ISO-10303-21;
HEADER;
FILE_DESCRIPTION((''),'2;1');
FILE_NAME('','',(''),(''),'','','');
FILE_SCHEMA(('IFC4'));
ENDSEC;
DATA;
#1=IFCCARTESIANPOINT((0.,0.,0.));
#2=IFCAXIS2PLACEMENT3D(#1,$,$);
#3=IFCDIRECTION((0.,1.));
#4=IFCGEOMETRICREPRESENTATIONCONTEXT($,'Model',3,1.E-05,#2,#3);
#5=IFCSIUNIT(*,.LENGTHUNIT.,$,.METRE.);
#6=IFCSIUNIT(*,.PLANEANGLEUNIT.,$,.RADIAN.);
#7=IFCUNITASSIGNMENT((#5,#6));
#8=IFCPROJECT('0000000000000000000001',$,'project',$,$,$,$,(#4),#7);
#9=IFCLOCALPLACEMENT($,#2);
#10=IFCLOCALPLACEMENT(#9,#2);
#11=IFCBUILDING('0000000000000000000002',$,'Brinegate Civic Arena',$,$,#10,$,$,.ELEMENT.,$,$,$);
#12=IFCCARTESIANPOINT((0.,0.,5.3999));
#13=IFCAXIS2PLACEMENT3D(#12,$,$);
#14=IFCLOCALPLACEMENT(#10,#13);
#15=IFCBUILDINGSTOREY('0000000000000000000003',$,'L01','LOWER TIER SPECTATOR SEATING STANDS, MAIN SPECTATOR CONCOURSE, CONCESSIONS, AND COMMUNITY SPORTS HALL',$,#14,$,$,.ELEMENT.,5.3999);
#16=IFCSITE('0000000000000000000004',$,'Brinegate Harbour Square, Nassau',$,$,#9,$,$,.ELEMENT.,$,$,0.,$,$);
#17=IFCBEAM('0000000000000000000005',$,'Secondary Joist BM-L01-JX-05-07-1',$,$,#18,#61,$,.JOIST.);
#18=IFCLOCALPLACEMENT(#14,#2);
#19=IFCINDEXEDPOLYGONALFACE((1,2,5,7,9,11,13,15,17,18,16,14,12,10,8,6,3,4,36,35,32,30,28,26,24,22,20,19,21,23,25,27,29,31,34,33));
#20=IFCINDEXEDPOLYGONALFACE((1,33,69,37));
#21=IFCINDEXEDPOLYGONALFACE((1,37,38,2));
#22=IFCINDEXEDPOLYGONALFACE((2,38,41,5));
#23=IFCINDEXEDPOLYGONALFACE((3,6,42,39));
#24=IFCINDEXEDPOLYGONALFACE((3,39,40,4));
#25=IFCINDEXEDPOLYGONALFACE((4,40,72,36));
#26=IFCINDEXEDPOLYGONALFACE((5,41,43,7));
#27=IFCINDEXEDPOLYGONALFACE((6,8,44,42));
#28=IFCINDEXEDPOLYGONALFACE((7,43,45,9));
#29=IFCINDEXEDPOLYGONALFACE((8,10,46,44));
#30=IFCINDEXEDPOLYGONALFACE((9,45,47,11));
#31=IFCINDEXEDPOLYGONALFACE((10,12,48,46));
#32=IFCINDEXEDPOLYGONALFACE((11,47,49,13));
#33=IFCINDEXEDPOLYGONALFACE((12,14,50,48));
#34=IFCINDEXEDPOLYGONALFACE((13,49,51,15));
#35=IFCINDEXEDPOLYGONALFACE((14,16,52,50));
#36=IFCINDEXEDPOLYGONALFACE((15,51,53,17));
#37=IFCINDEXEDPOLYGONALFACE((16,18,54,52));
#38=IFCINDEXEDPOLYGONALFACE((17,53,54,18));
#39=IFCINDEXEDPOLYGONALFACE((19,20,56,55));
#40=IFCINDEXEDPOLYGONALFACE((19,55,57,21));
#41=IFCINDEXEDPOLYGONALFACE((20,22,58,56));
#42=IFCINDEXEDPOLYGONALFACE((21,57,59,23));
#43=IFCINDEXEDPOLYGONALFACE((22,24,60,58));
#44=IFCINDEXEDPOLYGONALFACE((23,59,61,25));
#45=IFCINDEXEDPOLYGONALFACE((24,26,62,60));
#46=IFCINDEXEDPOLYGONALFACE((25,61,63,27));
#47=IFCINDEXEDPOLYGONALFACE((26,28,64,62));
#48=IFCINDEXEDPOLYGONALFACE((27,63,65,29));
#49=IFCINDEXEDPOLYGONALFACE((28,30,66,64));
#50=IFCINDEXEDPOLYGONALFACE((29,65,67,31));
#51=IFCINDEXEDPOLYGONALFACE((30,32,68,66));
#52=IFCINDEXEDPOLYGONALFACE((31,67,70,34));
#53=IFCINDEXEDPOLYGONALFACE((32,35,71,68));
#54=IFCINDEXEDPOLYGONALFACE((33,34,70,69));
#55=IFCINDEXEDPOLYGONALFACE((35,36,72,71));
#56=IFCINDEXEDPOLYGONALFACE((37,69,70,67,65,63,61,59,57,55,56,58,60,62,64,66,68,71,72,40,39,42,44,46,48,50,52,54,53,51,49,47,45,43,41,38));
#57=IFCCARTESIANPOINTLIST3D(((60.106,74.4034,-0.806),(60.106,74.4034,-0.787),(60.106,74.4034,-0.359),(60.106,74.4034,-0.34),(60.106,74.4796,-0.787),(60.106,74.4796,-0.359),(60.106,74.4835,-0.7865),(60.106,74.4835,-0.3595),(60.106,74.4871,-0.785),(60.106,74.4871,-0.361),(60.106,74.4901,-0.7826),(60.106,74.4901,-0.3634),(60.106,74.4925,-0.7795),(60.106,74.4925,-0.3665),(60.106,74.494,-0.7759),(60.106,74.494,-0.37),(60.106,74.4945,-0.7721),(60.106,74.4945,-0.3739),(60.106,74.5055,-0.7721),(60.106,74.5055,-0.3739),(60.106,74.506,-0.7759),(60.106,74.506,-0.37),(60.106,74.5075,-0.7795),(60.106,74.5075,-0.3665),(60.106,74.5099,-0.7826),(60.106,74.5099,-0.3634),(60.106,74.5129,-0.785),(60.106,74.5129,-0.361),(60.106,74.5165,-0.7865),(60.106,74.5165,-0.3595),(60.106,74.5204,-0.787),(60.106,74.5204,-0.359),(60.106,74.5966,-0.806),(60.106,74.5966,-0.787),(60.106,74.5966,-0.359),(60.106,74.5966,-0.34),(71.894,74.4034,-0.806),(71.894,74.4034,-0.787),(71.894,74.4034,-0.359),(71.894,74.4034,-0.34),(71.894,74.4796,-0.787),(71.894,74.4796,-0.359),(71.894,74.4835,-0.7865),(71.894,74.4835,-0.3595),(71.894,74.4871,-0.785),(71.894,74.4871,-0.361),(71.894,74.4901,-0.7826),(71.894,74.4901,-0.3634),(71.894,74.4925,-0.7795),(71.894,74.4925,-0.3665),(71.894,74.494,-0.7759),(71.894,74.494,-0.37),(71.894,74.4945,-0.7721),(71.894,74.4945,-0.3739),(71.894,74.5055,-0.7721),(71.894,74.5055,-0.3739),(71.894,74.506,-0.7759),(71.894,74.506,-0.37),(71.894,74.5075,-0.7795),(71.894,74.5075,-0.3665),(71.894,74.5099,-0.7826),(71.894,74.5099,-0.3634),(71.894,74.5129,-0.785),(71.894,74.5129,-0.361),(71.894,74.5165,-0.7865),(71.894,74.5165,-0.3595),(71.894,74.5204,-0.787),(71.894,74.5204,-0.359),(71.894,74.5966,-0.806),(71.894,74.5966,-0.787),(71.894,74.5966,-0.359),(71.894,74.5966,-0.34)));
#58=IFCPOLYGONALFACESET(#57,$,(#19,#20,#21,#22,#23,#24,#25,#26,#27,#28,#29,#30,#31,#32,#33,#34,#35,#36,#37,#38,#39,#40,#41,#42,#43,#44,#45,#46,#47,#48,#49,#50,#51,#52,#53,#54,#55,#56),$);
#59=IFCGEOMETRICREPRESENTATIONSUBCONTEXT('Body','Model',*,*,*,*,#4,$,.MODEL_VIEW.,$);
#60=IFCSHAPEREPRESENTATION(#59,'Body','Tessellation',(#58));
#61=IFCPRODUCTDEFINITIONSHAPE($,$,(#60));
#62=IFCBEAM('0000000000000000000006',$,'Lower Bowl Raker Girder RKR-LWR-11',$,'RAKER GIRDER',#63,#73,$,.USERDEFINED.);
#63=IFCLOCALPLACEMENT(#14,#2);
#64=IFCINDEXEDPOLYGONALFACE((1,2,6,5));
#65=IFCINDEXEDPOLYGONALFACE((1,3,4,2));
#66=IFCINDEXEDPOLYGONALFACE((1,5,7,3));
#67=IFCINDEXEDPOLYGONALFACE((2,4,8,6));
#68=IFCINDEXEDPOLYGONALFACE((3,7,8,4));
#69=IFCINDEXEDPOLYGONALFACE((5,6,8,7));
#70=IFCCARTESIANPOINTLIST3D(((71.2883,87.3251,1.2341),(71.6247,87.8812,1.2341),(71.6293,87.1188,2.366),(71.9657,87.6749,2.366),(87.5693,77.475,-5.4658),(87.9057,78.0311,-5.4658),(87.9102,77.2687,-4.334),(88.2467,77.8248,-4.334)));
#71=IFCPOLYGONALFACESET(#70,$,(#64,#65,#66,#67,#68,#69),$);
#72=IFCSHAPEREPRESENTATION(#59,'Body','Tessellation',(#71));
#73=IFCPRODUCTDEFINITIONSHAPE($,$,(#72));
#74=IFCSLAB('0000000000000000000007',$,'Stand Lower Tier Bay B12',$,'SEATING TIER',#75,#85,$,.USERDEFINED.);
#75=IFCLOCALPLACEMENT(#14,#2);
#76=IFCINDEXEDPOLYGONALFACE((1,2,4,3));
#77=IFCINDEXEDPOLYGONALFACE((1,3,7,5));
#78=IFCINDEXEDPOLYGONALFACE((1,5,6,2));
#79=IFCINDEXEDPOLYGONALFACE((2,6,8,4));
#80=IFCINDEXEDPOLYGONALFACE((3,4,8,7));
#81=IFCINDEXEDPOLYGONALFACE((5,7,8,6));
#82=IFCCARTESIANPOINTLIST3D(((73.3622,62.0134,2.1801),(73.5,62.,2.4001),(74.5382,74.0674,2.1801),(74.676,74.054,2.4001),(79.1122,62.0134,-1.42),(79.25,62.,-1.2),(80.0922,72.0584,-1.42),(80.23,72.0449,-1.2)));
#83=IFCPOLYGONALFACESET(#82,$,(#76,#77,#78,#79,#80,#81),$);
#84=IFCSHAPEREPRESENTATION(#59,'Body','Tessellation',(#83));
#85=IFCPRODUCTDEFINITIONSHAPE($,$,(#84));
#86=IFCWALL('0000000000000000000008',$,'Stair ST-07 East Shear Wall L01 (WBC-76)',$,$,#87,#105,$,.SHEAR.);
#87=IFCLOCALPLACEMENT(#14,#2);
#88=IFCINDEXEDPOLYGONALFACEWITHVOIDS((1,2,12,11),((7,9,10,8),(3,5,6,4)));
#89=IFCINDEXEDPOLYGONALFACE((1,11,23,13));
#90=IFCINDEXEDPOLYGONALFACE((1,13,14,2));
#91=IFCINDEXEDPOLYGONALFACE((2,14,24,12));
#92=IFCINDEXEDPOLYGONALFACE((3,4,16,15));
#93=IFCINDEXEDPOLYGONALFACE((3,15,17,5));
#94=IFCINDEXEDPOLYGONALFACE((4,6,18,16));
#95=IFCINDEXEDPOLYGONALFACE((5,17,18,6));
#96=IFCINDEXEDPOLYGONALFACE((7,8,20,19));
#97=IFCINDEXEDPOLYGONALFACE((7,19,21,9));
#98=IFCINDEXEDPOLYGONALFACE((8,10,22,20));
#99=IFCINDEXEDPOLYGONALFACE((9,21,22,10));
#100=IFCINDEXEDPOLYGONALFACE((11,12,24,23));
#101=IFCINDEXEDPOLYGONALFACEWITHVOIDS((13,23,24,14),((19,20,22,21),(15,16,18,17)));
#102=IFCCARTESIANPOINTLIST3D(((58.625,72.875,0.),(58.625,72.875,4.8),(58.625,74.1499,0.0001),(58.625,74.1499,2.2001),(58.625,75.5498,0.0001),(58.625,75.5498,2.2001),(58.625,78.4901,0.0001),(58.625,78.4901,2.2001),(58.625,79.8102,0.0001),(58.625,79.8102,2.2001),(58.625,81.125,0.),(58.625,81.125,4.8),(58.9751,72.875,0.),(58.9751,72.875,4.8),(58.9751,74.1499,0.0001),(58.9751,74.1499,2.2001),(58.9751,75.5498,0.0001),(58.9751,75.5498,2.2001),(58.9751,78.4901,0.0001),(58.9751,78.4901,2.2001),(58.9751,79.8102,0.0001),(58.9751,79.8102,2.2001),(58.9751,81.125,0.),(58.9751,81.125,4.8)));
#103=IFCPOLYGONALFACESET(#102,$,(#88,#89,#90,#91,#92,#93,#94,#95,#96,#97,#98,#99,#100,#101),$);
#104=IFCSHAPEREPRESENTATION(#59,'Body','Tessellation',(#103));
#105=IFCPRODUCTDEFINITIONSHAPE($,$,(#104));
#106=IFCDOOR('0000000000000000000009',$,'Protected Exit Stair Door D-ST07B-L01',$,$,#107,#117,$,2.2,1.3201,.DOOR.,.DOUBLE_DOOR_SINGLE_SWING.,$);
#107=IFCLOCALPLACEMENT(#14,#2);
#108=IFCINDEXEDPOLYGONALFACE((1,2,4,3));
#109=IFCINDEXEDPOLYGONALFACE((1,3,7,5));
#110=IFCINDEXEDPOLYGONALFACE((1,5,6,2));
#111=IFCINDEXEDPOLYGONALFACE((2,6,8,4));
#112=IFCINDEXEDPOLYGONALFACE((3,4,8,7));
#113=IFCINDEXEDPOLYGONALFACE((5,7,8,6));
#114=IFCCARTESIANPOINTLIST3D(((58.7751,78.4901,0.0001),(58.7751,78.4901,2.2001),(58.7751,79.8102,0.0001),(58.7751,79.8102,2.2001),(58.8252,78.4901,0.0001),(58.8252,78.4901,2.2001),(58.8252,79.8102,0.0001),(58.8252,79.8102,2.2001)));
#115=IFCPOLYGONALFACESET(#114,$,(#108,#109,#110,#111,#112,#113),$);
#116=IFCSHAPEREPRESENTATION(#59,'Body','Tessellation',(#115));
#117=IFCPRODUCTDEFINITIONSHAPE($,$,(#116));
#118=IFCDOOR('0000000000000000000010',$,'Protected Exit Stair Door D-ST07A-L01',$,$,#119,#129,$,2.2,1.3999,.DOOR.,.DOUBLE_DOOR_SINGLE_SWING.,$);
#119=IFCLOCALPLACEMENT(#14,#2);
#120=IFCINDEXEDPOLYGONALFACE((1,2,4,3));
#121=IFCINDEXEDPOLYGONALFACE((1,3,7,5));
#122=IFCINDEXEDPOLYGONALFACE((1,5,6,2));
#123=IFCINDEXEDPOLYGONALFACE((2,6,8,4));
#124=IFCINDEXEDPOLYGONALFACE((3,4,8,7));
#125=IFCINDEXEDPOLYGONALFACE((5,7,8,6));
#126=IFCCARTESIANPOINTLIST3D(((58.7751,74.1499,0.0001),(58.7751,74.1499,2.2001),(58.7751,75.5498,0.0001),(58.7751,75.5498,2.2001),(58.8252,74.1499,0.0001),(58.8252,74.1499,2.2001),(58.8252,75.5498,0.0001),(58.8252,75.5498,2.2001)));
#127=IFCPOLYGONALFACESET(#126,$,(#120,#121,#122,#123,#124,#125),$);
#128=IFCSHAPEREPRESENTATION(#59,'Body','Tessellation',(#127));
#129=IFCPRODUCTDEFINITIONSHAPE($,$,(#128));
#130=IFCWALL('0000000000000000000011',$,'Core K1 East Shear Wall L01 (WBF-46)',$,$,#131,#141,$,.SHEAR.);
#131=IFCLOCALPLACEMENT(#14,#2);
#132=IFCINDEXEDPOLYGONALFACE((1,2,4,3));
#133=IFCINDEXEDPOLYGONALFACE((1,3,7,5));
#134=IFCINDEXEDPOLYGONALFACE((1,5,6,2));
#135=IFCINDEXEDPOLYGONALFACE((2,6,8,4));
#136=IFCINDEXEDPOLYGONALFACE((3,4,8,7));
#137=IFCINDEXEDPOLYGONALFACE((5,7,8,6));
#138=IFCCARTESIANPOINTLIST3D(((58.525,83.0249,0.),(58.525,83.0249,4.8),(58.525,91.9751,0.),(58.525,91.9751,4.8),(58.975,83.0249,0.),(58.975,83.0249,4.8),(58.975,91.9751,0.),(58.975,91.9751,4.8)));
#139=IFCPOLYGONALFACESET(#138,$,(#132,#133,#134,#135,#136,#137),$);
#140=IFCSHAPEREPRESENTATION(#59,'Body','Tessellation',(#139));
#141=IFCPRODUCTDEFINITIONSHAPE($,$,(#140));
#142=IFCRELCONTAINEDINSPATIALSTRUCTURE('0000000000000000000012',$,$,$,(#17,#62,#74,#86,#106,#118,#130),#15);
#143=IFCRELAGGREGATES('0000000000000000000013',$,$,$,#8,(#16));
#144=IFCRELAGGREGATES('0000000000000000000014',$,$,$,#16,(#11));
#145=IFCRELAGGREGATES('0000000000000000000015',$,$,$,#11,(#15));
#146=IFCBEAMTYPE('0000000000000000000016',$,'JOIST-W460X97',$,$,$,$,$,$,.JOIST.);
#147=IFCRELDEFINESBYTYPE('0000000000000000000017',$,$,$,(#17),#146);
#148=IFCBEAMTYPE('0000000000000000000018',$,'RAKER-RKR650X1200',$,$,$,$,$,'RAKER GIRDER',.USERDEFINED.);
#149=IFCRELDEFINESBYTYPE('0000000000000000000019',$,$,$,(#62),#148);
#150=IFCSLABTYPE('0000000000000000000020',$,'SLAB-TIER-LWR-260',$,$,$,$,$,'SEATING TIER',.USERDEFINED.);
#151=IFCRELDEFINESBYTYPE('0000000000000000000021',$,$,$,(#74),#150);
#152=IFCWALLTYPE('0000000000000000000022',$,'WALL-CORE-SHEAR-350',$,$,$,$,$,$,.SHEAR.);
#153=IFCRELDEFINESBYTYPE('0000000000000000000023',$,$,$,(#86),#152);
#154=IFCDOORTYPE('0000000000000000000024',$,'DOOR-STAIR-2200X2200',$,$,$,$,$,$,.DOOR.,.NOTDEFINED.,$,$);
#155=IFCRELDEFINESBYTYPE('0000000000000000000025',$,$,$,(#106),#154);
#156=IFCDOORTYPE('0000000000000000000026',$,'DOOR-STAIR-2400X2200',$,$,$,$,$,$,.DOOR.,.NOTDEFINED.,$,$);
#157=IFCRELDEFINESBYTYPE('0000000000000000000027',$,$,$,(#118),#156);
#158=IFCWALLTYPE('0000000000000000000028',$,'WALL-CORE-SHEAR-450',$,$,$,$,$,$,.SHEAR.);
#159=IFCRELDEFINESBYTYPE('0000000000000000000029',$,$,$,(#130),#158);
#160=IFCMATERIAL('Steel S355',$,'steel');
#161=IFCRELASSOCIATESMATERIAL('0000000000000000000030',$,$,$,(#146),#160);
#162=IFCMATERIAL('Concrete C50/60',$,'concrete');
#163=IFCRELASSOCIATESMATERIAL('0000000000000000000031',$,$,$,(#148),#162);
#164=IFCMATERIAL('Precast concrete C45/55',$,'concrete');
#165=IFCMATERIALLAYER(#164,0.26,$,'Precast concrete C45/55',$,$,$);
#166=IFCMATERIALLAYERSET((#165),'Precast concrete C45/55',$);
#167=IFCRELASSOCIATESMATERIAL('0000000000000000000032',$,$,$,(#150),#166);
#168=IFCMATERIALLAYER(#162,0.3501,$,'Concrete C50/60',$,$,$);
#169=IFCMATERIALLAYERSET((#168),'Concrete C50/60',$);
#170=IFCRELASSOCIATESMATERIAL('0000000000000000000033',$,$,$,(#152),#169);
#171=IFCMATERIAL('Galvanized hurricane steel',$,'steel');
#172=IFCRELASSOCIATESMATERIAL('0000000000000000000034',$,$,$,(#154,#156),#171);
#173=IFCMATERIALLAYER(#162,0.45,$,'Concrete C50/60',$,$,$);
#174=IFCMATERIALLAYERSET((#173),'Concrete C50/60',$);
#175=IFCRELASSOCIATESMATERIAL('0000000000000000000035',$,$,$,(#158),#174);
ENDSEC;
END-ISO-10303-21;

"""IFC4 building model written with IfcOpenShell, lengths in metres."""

from ifc_helpers import new_model, si_unit, direction, frame, frame_2d, origin, origin_2d, place, context, subcontext, project, spatial, polyline, rectangle, i_section, outline, extrude, material, layer, layer_set, material_profile, profile_set, type_object, element, fill, save


model = new_model("IFC4")

# Units and contexts
model_context = context("Model", 3, precision=1e-05, world=origin(), true_north=direction((0.0, 1.0)))
body_context = subcontext(model_context, "Body", "Model", "MODEL_VIEW")
ifc_project = project(units=[si_unit("LENGTHUNIT", "METRE"), si_unit("PLANEANGLEUNIT", "RADIAN")], contexts=[model_context])

# Site, building, storey
site_placement = place(None, origin())
site = spatial("IfcSite", under=ifc_project, at=site_placement, Name="Brinegate Harbour Square, Nassau", CompositionType="ELEMENT", RefElevation=0.0)
building_placement = place(site_placement, origin())
building = spatial("IfcBuilding", under=site, at=building_placement, Name="Brinegate Civic Arena", CompositionType="ELEMENT")
storey_placement = place(building_placement, frame((0.0, 0.0, 5.3999)))
storey = spatial("IfcBuildingStorey", under=building, at=storey_placement, Name="L01", Description="LOWER TIER SPECTATOR SEATING STANDS, MAIN SPECTATOR CONCOURSE, CONCESSIONS, AND COMMUNITY SPORTS HALL", CompositionType="ELEMENT", Elevation=5.3999)

# Shared definitions
ifc_material_1 = material(Name="Concrete C50/60", Category="concrete")

# Beams
ifc_material_2 = material(Name="Steel S355", Category="steel")
ifc_material_profile_1 = material_profile(ifc_material_2, i_section(OverallWidth=0.1931, OverallDepth=0.4661, WebThickness=0.011, FlangeThickness=0.019, FilletRadius=0.0149, at=origin_2d()), Name="W460X97")
ifc_profile_set_1 = profile_set([ifc_material_profile_1], Name="Steel S355")
beam_type_1 = type_object("IfcBeamType", Name="JOIST-W460X97", PredefinedType="JOIST", material=ifc_profile_set_1)
beam_1_placement = place(storey_placement, frame((60.106, 74.5, -0.573), z_axis=(1.0, 0.0, 0.0), x_axis=(0.0, 1.0, 0.0)))
element("IfcBeam", 1, at=beam_1_placement, inside=storey, type_object=beam_type_1, Name="Secondary Joist BM-L01-JX-05-07-1", PredefinedType="JOIST", context=body_context, shape_type="SweptSolid", body=[
    extrude(i_section(OverallWidth=0.1931, OverallDepth=0.4661, WebThickness=0.011, FlangeThickness=0.019, FilletRadius=0.0149, at=origin_2d()), origin(), (0.0, 0.0, 1.0), 11.7881),
])
ifc_material_profile_2 = material_profile(ifc_material_1, rectangle(XDim=0.6499, YDim=1.2, at=origin_2d()), Name="RKR650X1200")
ifc_profile_set_2 = profile_set([ifc_material_profile_2], Name="Concrete C50/60")
beam_type_2 = type_object("IfcBeamType", Name="RAKER-RKR650X1200", ElementType="RAKER GIRDER", PredefinedType="USERDEFINED", material=ifc_profile_set_2)
beam_2_placement = place(storey_placement, frame((87.908, 77.6499, -4.8999), z_axis=(-0.807034, 0.48826, 0.33211), x_axis=(-0.517641, -0.855598, 0.0)))
element("IfcBeam", 2, at=beam_2_placement, inside=storey, type_object=beam_type_2, Name="Lower Bowl Raker Girder RKR-LWR-11", ObjectType="RAKER GIRDER", PredefinedType="USERDEFINED", context=body_context, shape_type="SweptSolid", body=[
    extrude(rectangle(XDim=0.6499, YDim=1.2, at=origin_2d()), origin(), (0.0, 0.0, 1.0), 20.1738),
])

# Slab
ifc_material_3 = material(Name="Precast concrete C45/55", Category="concrete")
ifc_layer_1 = layer(ifc_material_3, 0.26, Name="Precast concrete C45/55")
ifc_layer_set_1 = layer_set([ifc_layer_1], Name="Precast concrete C45/55")
slab_type = type_object("IfcSlabType", Name="SLAB-TIER-LWR-260", ElementType="SEATING TIER", PredefinedType="USERDEFINED", material=ifc_layer_set_1)
slab_1_placement = place(storey_placement, frame((80.23, 72.0449, -1.2), z_axis=(0.529963, -0.051704, 0.846443), x_axis=(-0.097099, -0.995275, -0.000001)))
element("IfcSlab", 3, at=slab_1_placement, inside=storey, type_object=slab_type, Name="Stand Lower Tier Bay B12", ObjectType="SEATING TIER", PredefinedType="USERDEFINED", context=body_context, shape_type="SweptSolid", body=[
    extrude(outline(polyline([(0.0, 0.0), (10.0926, 0.0), (10.6509, -6.761), (-1.4603, -6.761), (0.0, 0.0)])), origin(), (0.0, 0.0, -1.0), 0.26),
])

# Wall, openings, doors
ifc_layer_2 = layer(ifc_material_1, 0.3501, Name="Concrete C50/60")
ifc_layer_set_2 = layer_set([ifc_layer_2], Name="Concrete C50/60")
wall_type_1 = type_object("IfcWallType", Name="WALL-CORE-SHEAR-350", PredefinedType="SHEAR", material=ifc_layer_set_2)
wall_1_placement = place(storey_placement, frame((58.8, 72.875, 0.0), z_axis=(0.0, 0.0, 1.0), x_axis=(0.0, 1.0, 0.0)))
wall_1 = element("IfcWall", 4, at=wall_1_placement, inside=storey, type_object=wall_type_1, Name="Stair ST-07 East Shear Wall L01 (WBC-76)", PredefinedType="SHEAR", context=body_context, shape_type="SweptSolid", body=[
    extrude(rectangle(XDim=8.25, YDim=0.3501, at=frame_2d((4.125, 0.0))), origin(), (0.0, 0.0, 1.0), 4.8),
])
opening_1_placement = place(wall_1_placement, frame((1.2749, 0.0, 0.0)))
opening_1 = element("IfcOpeningElement", 5, at=opening_1_placement, cuts=wall_1, PredefinedType="OPENING", context=body_context, shape_type="SweptSolid", body=[
    extrude(rectangle(XDim=1.3999, YDim=2.2, at=frame_2d((0.7, 1.1001))), frame((0.0, 0.1851, 0.0), z_axis=(0.0, -1.0, 0.0), x_axis=(1.0, 0.0, 0.0)), (0.0, 0.0, 1.0), 0.3701),
])
opening_2_placement = place(wall_1_placement, frame((5.615, 0.0, 0.0)))
opening_2 = element("IfcOpeningElement", 6, at=opening_2_placement, cuts=wall_1, PredefinedType="OPENING", context=body_context, shape_type="SweptSolid", body=[
    extrude(rectangle(XDim=1.3201, YDim=2.2, at=frame_2d((0.6602, 1.1001))), frame((0.0, 0.1851, 0.0), z_axis=(0.0, -1.0, 0.0), x_axis=(1.0, 0.0, 0.0)), (0.0, 0.0, 1.0), 0.3701),
])
ifc_material_4 = material(Name="Galvanized hurricane steel", Category="steel")
door_type_1 = type_object("IfcDoorType", Name="DOOR-STAIR-2200X2200", OperationType="NOTDEFINED", PredefinedType="DOOR", material=ifc_material_4)
door_1_placement = place(opening_2_placement, origin())
door_1 = element("IfcDoor", 7, at=door_1_placement, inside=storey, type_object=door_type_1, Name="Protected Exit Stair Door D-ST07B-L01", OperationType="DOUBLE_DOOR_SINGLE_SWING", OverallHeight=2.2, OverallWidth=1.3201, PredefinedType="DOOR", context=body_context, shape_type="SweptSolid", body=[
    extrude(rectangle(XDim=1.3201, YDim=2.2, at=frame_2d((0.6602, 1.1001))), frame((0.0, 0.0249, 0.0), z_axis=(0.0, -1.0, 0.0), x_axis=(1.0, 0.0, 0.0)), (0.0, 0.0, 1.0), 0.05),
])
fill(opening_2, door_1)
door_type_2 = type_object("IfcDoorType", Name="DOOR-STAIR-2400X2200", OperationType="NOTDEFINED", PredefinedType="DOOR", material=ifc_material_4)
door_2_placement = place(opening_1_placement, origin())
door_2 = element("IfcDoor", 8, at=door_2_placement, inside=storey, type_object=door_type_2, Name="Protected Exit Stair Door D-ST07A-L01", OperationType="DOUBLE_DOOR_SINGLE_SWING", OverallHeight=2.2, OverallWidth=1.3999, PredefinedType="DOOR", context=body_context, shape_type="SweptSolid", body=[
    extrude(rectangle(XDim=1.3999, YDim=2.2, at=frame_2d((0.7, 1.1001))), frame((0.0, 0.0249, 0.0), z_axis=(0.0, -1.0, 0.0), x_axis=(1.0, 0.0, 0.0)), (0.0, 0.0, 1.0), 0.05),
])
fill(opening_1, door_2)

# Wall
ifc_layer_3 = layer(ifc_material_1, 0.45, Name="Concrete C50/60")
ifc_layer_set_3 = layer_set([ifc_layer_3], Name="Concrete C50/60")
wall_type_2 = type_object("IfcWallType", Name="WALL-CORE-SHEAR-450", PredefinedType="SHEAR", material=ifc_layer_set_3)
wall_2_placement = place(storey_placement, frame((58.75, 83.0249, 0.0), z_axis=(0.0, 0.0, 1.0), x_axis=(0.0, 1.0, 0.0)))
element("IfcWall", 9, at=wall_2_placement, inside=storey, type_object=wall_type_2, Name="Core K1 East Shear Wall L01 (WBF-46)", PredefinedType="SHEAR", context=body_context, shape_type="SweptSolid", body=[
    extrude(rectangle(XDim=8.9502, YDim=0.45, at=frame_2d((4.4751, 0.0))), origin(), (0.0, 0.0, 1.0), 4.8),
])

save(model, "model.ifc")
